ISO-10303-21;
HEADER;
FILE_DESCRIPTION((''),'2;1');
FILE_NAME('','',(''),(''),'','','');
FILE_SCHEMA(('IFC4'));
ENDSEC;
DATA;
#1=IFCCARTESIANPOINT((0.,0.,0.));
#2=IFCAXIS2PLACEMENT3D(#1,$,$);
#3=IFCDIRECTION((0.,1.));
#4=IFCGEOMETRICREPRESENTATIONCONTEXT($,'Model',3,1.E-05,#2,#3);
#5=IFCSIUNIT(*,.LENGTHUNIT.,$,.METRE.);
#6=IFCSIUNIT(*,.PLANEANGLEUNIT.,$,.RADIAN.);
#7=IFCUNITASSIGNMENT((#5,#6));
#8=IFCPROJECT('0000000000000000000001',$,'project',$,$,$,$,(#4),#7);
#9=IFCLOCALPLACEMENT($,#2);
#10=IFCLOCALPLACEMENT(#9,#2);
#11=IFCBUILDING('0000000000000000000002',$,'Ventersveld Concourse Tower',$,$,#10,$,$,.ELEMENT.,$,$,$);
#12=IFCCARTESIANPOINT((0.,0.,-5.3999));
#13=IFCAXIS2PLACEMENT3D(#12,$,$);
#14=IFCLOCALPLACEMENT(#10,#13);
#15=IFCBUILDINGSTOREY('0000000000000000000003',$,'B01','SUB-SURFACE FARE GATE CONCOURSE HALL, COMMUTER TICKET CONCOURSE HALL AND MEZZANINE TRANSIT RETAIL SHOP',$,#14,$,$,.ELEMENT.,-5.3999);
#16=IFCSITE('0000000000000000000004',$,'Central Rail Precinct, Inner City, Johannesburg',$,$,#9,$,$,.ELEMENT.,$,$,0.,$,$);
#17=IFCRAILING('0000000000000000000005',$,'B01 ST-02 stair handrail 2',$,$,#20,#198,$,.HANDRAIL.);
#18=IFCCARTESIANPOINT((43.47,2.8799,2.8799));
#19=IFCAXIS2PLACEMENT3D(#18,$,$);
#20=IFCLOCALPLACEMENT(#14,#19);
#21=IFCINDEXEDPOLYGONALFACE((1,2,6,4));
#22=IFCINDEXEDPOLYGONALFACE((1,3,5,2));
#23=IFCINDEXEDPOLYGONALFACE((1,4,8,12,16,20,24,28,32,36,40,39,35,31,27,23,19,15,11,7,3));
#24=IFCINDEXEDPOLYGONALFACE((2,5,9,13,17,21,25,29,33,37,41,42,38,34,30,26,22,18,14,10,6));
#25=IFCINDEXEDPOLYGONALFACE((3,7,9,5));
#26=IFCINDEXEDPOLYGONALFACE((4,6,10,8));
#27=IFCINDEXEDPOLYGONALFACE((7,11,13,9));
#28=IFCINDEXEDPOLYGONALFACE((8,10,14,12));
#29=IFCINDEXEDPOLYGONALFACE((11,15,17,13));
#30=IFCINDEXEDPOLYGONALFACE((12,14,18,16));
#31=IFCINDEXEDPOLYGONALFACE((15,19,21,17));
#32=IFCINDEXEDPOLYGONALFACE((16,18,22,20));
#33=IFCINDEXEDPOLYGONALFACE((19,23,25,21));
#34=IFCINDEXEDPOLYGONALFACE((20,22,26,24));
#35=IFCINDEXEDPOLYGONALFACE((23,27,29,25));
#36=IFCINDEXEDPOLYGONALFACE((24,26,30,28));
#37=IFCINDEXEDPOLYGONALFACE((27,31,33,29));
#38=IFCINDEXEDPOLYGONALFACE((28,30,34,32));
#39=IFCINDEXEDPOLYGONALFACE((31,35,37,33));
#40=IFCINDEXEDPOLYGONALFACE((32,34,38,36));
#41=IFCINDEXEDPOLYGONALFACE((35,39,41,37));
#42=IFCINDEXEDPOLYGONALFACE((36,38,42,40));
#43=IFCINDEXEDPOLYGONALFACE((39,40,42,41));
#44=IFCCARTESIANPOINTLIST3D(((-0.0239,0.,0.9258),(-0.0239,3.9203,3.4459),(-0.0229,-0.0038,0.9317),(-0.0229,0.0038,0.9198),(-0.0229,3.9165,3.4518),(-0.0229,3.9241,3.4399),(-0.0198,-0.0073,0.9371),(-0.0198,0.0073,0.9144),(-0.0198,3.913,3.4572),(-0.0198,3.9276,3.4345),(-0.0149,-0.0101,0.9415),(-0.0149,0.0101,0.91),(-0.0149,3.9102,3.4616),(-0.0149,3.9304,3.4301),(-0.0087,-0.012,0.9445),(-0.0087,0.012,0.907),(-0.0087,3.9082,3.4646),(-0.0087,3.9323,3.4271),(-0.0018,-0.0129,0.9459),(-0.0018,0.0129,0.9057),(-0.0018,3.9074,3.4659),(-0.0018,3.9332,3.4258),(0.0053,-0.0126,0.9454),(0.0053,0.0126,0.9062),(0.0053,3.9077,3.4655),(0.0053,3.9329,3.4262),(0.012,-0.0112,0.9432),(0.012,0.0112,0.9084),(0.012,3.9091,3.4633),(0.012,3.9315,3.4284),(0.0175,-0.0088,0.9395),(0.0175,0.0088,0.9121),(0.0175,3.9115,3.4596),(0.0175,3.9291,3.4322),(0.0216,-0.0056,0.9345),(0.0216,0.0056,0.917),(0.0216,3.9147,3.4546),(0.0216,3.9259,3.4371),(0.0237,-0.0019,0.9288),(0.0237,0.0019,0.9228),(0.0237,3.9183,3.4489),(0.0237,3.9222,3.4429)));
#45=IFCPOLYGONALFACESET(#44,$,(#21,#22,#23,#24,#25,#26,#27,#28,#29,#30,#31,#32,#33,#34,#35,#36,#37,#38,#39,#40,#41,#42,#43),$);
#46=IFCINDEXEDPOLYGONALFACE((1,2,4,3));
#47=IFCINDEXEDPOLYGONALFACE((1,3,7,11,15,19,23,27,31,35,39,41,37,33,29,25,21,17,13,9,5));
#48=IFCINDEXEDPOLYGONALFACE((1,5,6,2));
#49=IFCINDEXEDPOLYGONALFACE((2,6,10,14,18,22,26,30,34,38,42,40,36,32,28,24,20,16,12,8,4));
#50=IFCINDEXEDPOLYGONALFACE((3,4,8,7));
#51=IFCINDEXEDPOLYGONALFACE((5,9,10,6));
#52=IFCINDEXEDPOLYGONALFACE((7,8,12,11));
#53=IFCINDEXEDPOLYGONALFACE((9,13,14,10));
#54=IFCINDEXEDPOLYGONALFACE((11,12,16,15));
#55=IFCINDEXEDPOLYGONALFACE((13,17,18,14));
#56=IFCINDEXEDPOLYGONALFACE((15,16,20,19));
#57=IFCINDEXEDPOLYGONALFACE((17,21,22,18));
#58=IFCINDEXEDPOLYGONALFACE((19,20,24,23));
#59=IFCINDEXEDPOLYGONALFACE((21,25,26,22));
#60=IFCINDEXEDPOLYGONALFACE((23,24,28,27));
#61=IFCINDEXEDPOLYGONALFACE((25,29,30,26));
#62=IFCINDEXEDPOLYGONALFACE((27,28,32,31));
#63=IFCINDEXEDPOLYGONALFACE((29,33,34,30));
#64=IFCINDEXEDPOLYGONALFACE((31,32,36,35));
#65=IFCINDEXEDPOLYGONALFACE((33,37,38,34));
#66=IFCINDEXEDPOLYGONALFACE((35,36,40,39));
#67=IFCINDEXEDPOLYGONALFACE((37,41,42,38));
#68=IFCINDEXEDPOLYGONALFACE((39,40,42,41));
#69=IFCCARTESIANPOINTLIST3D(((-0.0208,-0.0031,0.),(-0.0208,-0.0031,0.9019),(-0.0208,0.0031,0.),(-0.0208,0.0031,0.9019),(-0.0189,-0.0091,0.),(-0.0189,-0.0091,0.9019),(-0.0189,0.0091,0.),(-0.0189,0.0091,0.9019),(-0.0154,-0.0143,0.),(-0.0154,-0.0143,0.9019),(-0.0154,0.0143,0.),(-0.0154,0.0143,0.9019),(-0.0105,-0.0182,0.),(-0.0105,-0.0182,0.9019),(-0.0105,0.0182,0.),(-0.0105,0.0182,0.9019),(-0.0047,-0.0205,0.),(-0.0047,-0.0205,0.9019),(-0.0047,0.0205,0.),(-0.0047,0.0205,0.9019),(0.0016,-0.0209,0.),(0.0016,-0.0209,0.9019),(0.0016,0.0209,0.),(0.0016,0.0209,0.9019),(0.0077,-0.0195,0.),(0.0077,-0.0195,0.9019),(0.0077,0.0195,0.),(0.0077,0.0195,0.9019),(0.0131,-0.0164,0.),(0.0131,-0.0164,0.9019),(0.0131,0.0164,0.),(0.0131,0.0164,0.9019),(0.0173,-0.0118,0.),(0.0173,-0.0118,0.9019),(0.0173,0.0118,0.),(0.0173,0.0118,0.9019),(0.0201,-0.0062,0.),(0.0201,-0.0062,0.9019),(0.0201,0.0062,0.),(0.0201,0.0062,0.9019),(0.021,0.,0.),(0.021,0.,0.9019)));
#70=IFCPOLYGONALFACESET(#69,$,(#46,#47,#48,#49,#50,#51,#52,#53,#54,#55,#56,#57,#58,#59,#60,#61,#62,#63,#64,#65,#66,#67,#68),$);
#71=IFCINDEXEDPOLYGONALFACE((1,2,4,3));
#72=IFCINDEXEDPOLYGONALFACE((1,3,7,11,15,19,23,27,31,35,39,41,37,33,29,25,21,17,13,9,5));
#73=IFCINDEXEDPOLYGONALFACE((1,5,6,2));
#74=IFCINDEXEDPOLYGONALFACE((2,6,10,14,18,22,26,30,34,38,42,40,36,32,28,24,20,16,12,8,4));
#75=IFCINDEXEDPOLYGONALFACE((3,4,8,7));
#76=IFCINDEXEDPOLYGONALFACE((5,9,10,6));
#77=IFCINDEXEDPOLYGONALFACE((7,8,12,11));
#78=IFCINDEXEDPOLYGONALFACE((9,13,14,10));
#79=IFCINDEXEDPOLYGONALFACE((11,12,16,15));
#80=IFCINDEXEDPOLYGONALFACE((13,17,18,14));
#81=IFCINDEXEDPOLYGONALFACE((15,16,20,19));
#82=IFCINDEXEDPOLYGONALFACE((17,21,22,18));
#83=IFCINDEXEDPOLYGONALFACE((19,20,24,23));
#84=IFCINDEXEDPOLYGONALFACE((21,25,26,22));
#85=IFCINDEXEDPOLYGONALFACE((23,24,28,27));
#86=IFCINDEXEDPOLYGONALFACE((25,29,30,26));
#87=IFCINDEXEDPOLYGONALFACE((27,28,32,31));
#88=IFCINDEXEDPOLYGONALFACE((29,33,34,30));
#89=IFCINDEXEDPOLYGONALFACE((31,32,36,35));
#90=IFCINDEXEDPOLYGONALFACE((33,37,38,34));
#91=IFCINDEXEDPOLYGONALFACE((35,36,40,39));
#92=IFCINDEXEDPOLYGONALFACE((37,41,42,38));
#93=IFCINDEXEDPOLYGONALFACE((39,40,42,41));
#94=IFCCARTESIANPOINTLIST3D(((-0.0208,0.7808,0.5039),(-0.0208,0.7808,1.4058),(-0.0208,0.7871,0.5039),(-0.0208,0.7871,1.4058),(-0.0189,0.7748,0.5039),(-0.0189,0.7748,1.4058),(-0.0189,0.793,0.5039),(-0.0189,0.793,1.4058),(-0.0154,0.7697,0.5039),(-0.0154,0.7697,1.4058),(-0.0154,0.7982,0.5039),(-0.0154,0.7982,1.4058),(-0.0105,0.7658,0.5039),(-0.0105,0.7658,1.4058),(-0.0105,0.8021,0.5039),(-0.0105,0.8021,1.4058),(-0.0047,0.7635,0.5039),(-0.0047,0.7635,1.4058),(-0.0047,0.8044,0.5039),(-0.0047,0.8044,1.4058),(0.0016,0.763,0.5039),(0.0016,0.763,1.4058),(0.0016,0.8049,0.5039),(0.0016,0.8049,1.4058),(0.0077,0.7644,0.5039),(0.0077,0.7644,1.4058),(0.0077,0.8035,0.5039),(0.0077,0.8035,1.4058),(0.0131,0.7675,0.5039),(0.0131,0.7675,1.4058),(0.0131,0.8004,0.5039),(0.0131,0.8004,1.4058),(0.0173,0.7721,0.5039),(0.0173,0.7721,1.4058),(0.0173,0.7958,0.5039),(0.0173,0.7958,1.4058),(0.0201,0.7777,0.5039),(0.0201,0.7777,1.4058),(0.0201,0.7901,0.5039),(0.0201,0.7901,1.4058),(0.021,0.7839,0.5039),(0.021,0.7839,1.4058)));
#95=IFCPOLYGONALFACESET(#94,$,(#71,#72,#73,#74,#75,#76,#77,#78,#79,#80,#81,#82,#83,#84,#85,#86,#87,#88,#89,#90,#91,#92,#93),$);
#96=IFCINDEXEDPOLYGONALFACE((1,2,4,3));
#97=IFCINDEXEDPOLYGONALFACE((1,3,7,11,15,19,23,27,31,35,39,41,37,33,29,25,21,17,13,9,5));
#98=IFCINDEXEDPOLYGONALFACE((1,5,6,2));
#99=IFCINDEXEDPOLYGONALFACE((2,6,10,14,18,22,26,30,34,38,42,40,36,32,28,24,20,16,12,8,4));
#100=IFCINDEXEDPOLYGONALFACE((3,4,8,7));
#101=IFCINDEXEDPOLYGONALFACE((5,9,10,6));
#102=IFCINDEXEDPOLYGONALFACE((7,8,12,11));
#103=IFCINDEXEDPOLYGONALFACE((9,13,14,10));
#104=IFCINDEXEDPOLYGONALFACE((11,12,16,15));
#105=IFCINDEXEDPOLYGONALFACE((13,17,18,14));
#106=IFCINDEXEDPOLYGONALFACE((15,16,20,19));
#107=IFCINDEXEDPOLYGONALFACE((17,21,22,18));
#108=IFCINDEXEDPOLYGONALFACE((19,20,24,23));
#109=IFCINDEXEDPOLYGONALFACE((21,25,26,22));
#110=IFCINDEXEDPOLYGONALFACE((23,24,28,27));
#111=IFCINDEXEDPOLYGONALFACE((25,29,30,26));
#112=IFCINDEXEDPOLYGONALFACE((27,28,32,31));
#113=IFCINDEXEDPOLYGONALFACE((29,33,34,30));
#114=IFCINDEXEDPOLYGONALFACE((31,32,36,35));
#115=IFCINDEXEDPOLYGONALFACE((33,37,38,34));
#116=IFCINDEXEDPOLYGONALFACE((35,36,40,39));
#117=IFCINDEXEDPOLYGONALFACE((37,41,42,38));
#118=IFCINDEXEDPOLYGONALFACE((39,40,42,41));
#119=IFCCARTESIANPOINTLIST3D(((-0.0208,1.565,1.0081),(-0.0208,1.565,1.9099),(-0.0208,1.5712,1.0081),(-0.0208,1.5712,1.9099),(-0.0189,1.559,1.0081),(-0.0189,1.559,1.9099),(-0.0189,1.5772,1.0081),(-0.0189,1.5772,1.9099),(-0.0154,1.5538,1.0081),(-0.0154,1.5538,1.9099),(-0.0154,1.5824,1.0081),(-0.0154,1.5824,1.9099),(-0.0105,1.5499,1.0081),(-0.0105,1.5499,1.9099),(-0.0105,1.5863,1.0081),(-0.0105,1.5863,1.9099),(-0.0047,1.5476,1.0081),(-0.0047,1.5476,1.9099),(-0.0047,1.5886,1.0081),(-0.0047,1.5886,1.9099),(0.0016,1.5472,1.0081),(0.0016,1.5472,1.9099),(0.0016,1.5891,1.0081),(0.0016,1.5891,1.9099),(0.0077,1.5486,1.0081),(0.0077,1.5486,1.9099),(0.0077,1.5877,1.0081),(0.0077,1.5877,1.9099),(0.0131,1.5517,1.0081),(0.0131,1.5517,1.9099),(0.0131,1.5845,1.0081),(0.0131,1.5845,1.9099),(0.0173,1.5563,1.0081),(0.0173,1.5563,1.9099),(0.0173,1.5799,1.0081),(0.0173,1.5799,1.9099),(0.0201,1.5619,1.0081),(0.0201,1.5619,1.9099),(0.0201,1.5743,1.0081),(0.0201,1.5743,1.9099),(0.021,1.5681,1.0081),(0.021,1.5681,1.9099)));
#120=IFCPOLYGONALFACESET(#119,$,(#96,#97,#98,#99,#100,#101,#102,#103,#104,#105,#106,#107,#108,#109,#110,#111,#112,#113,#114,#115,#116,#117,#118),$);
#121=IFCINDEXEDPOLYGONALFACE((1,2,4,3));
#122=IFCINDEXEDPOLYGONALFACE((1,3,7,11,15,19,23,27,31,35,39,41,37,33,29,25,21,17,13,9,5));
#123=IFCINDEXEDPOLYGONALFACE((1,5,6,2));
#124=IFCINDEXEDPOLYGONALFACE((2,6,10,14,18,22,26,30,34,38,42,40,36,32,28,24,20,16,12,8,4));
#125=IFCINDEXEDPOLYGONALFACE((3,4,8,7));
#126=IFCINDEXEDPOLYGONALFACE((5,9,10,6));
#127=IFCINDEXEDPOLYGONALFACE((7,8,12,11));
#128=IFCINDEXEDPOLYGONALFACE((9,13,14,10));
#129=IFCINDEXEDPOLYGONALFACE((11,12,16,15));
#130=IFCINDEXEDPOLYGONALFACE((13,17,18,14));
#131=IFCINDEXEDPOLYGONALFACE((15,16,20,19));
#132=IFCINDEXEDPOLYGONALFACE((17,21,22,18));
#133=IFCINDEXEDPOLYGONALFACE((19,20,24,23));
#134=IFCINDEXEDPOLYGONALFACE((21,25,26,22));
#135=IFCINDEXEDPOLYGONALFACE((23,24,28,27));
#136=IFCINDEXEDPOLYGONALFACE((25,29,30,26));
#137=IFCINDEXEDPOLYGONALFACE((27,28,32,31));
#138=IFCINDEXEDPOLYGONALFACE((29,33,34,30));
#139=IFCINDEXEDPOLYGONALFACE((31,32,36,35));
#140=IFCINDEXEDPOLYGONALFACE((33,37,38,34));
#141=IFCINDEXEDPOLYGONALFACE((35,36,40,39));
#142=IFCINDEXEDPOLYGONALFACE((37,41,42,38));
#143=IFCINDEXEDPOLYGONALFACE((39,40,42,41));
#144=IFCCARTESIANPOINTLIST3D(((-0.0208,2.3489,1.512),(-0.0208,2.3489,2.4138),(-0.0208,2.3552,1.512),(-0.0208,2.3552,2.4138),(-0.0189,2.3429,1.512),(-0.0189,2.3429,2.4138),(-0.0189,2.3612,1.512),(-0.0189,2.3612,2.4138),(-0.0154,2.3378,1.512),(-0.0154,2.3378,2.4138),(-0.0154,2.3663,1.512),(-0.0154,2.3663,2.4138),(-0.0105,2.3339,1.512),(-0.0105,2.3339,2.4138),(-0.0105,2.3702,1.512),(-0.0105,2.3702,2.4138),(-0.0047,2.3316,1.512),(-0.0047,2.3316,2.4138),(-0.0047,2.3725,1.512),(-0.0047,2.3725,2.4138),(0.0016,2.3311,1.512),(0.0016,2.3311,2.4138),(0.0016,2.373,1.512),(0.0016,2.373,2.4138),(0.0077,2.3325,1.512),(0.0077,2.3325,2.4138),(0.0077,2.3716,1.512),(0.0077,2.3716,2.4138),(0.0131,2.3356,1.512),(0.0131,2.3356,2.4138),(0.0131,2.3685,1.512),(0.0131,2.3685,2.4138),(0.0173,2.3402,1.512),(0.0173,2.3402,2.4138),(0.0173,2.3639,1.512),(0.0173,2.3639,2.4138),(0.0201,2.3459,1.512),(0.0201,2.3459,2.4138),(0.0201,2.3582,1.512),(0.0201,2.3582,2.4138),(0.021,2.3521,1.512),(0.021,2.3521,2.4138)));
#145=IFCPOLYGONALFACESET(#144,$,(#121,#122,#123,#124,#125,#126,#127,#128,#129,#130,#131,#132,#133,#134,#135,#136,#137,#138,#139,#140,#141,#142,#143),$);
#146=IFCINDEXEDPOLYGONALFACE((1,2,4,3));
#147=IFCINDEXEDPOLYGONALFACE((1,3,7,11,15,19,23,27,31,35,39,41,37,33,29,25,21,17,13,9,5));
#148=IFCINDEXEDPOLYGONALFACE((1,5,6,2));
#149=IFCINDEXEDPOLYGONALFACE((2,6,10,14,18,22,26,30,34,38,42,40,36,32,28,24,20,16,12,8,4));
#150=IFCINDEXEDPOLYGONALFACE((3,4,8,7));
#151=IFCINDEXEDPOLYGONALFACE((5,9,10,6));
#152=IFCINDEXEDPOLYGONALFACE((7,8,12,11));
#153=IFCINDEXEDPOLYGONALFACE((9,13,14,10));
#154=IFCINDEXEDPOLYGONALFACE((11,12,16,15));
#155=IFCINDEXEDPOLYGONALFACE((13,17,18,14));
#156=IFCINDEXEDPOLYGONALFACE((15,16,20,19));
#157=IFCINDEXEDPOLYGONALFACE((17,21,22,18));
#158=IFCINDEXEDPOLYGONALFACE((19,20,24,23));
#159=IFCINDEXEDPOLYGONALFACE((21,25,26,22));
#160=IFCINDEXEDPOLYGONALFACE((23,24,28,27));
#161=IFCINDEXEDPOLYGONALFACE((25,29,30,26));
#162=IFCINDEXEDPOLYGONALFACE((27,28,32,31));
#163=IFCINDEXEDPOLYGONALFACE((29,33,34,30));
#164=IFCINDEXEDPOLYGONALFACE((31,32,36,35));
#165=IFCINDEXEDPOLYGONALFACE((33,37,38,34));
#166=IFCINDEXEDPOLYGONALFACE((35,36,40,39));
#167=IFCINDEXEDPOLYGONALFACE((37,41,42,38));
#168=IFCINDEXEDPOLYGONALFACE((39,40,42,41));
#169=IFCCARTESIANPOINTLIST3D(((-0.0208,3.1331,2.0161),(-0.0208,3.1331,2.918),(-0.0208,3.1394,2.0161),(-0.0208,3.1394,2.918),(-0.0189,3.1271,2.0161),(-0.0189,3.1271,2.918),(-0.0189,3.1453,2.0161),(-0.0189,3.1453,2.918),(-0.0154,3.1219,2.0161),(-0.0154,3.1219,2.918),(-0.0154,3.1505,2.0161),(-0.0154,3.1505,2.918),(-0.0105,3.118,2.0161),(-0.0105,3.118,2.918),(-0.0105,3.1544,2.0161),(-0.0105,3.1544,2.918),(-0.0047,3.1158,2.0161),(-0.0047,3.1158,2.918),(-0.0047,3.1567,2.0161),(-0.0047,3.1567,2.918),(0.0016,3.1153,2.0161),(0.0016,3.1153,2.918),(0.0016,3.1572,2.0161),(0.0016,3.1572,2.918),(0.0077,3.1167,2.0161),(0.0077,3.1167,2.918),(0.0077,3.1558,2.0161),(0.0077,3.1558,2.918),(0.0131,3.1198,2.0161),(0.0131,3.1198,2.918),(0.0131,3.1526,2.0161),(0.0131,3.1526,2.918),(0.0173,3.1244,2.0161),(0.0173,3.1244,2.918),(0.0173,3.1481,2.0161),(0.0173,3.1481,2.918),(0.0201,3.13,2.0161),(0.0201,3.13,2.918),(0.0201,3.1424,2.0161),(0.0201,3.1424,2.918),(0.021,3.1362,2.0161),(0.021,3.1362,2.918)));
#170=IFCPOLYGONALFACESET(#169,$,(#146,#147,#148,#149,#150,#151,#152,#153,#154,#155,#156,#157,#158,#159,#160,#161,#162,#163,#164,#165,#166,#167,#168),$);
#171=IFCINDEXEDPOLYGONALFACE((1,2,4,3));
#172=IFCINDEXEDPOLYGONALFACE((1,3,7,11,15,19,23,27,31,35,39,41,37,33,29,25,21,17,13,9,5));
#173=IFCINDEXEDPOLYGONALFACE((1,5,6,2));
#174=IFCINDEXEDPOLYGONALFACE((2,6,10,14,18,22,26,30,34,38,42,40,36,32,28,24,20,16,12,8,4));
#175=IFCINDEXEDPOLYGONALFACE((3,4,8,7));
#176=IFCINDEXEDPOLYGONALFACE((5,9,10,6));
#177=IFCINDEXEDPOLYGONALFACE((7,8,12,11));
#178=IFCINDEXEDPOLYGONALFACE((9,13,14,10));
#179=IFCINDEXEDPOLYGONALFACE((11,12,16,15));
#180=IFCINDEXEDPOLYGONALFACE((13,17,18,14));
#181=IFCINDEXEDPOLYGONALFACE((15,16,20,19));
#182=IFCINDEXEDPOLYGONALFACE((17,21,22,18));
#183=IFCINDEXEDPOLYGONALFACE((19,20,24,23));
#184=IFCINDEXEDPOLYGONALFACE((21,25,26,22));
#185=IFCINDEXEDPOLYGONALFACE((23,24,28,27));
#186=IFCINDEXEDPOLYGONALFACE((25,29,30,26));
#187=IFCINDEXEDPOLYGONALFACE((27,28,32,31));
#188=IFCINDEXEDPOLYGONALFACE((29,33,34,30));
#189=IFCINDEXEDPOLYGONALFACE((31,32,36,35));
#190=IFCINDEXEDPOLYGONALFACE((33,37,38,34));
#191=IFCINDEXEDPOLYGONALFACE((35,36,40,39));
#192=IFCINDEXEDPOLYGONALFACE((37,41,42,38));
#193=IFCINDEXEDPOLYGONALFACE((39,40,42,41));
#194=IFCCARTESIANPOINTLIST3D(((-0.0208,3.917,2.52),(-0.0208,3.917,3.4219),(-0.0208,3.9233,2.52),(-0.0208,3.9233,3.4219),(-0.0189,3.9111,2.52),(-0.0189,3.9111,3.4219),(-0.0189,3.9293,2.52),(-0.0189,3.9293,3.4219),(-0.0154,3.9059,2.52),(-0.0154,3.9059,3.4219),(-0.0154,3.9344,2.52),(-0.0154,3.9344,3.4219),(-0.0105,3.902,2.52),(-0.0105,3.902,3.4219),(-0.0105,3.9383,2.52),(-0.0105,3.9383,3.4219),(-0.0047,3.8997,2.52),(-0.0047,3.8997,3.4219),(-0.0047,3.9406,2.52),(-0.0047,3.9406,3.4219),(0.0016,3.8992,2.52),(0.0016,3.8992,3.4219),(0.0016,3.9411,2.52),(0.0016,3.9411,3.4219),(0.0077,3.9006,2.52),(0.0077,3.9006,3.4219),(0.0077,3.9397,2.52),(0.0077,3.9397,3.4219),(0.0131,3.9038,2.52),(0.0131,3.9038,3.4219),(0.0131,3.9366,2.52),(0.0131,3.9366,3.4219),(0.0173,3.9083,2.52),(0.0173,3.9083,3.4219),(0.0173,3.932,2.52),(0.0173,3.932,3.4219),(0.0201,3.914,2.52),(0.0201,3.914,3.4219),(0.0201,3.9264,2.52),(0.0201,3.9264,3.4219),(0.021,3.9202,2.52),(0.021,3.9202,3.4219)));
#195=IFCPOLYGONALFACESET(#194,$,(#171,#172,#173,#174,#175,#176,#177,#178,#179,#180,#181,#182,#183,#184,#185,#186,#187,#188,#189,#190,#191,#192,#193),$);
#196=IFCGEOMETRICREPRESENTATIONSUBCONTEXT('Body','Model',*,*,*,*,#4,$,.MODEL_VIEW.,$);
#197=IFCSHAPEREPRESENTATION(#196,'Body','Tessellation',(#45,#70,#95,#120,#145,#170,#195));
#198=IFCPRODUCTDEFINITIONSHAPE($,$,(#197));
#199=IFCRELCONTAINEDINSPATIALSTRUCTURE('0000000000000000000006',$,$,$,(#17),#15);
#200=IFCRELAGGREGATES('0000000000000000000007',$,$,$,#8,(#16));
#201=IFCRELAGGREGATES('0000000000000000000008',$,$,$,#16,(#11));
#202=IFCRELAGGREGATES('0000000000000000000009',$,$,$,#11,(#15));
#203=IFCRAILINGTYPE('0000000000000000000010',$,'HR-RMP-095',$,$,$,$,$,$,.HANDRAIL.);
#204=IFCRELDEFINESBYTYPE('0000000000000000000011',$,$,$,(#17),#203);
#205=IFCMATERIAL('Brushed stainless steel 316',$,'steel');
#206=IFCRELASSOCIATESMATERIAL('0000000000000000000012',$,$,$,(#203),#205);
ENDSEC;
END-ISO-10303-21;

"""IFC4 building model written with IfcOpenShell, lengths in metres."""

from ifc_helpers import new_model, si_unit, direction, frame, origin, origin_2d, place, context, subcontext, project, spatial, circle, extrude, material, type_object, element, save


model = new_model("IFC4")

# Units and contexts
model_context = context("Model", 3, precision=1e-05, world=origin(), true_north=direction((0.0, 1.0)))
body_context = subcontext(model_context, "Body", "Model", "MODEL_VIEW")
ifc_project = project(units=[si_unit("LENGTHUNIT", "METRE"), si_unit("PLANEANGLEUNIT", "RADIAN")], contexts=[model_context])

# Site, building, storey
site_placement = place(None, origin())
site = spatial("IfcSite", under=ifc_project, at=site_placement, Name="Central Rail Precinct, Inner City, Johannesburg", CompositionType="ELEMENT", RefElevation=0.0)
building_placement = place(site_placement, origin())
building = spatial("IfcBuilding", under=site, at=building_placement, Name="Ventersveld Concourse Tower", CompositionType="ELEMENT")
storey_placement = place(building_placement, frame((0.0, 0.0, -5.3999)))
storey = spatial("IfcBuildingStorey", under=building, at=storey_placement, Name="B01", Description="SUB-SURFACE FARE GATE CONCOURSE HALL, COMMUTER TICKET CONCOURSE HALL AND MEZZANINE TRANSIT RETAIL SHOP", CompositionType="ELEMENT", Elevation=-5.3999)

# Railing
ifc_material_1 = material(Name="Brushed stainless steel 316", Category="steel")
railing_type_1 = type_object("IfcRailingType", Name="HR-RMP-095", PredefinedType="HANDRAIL", material=ifc_material_1)
railing_1_placement = place(storey_placement, frame((43.47, 2.8799, 2.8799)))
element("IfcRailing", 1, at=railing_1_placement, inside=storey, type_object=railing_type_1, Name="B01 ST-02 stair handrail 2", PredefinedType="HANDRAIL", context=body_context, shape_type="SweptSolid", body=[
    extrude(circle(Radius=0.0239, at=origin_2d()), frame((0.0, 0.0, 0.9258), z_axis=(0.0, 0.841187, 0.540744), x_axis=(-1.0, 0.0, 0.0)), (0.0, 0.0, 1.0), 4.6604),
    extrude(circle(Radius=0.021, at=origin_2d()), origin(), (0.0, 0.0, 1.0), 0.9019),
    extrude(circle(Radius=0.021, at=origin_2d()), frame((0.0, 0.7839, 0.5039)), (0.0, 0.0, 1.0), 0.9019),
    extrude(circle(Radius=0.021, at=origin_2d()), frame((0.0, 1.5681, 1.0081)), (0.0, 0.0, 1.0), 0.9019),
    extrude(circle(Radius=0.021, at=origin_2d()), frame((0.0, 2.3521, 1.512)), (0.0, 0.0, 1.0), 0.9019),
    extrude(circle(Radius=0.021, at=origin_2d()), frame((0.0, 3.1362, 2.0161)), (0.0, 0.0, 1.0), 0.9019),
    extrude(circle(Radius=0.021, at=origin_2d()), frame((0.0, 3.9202, 2.52)), (0.0, 0.0, 1.0), 0.9019),
])

save(model, "model.ifc")
